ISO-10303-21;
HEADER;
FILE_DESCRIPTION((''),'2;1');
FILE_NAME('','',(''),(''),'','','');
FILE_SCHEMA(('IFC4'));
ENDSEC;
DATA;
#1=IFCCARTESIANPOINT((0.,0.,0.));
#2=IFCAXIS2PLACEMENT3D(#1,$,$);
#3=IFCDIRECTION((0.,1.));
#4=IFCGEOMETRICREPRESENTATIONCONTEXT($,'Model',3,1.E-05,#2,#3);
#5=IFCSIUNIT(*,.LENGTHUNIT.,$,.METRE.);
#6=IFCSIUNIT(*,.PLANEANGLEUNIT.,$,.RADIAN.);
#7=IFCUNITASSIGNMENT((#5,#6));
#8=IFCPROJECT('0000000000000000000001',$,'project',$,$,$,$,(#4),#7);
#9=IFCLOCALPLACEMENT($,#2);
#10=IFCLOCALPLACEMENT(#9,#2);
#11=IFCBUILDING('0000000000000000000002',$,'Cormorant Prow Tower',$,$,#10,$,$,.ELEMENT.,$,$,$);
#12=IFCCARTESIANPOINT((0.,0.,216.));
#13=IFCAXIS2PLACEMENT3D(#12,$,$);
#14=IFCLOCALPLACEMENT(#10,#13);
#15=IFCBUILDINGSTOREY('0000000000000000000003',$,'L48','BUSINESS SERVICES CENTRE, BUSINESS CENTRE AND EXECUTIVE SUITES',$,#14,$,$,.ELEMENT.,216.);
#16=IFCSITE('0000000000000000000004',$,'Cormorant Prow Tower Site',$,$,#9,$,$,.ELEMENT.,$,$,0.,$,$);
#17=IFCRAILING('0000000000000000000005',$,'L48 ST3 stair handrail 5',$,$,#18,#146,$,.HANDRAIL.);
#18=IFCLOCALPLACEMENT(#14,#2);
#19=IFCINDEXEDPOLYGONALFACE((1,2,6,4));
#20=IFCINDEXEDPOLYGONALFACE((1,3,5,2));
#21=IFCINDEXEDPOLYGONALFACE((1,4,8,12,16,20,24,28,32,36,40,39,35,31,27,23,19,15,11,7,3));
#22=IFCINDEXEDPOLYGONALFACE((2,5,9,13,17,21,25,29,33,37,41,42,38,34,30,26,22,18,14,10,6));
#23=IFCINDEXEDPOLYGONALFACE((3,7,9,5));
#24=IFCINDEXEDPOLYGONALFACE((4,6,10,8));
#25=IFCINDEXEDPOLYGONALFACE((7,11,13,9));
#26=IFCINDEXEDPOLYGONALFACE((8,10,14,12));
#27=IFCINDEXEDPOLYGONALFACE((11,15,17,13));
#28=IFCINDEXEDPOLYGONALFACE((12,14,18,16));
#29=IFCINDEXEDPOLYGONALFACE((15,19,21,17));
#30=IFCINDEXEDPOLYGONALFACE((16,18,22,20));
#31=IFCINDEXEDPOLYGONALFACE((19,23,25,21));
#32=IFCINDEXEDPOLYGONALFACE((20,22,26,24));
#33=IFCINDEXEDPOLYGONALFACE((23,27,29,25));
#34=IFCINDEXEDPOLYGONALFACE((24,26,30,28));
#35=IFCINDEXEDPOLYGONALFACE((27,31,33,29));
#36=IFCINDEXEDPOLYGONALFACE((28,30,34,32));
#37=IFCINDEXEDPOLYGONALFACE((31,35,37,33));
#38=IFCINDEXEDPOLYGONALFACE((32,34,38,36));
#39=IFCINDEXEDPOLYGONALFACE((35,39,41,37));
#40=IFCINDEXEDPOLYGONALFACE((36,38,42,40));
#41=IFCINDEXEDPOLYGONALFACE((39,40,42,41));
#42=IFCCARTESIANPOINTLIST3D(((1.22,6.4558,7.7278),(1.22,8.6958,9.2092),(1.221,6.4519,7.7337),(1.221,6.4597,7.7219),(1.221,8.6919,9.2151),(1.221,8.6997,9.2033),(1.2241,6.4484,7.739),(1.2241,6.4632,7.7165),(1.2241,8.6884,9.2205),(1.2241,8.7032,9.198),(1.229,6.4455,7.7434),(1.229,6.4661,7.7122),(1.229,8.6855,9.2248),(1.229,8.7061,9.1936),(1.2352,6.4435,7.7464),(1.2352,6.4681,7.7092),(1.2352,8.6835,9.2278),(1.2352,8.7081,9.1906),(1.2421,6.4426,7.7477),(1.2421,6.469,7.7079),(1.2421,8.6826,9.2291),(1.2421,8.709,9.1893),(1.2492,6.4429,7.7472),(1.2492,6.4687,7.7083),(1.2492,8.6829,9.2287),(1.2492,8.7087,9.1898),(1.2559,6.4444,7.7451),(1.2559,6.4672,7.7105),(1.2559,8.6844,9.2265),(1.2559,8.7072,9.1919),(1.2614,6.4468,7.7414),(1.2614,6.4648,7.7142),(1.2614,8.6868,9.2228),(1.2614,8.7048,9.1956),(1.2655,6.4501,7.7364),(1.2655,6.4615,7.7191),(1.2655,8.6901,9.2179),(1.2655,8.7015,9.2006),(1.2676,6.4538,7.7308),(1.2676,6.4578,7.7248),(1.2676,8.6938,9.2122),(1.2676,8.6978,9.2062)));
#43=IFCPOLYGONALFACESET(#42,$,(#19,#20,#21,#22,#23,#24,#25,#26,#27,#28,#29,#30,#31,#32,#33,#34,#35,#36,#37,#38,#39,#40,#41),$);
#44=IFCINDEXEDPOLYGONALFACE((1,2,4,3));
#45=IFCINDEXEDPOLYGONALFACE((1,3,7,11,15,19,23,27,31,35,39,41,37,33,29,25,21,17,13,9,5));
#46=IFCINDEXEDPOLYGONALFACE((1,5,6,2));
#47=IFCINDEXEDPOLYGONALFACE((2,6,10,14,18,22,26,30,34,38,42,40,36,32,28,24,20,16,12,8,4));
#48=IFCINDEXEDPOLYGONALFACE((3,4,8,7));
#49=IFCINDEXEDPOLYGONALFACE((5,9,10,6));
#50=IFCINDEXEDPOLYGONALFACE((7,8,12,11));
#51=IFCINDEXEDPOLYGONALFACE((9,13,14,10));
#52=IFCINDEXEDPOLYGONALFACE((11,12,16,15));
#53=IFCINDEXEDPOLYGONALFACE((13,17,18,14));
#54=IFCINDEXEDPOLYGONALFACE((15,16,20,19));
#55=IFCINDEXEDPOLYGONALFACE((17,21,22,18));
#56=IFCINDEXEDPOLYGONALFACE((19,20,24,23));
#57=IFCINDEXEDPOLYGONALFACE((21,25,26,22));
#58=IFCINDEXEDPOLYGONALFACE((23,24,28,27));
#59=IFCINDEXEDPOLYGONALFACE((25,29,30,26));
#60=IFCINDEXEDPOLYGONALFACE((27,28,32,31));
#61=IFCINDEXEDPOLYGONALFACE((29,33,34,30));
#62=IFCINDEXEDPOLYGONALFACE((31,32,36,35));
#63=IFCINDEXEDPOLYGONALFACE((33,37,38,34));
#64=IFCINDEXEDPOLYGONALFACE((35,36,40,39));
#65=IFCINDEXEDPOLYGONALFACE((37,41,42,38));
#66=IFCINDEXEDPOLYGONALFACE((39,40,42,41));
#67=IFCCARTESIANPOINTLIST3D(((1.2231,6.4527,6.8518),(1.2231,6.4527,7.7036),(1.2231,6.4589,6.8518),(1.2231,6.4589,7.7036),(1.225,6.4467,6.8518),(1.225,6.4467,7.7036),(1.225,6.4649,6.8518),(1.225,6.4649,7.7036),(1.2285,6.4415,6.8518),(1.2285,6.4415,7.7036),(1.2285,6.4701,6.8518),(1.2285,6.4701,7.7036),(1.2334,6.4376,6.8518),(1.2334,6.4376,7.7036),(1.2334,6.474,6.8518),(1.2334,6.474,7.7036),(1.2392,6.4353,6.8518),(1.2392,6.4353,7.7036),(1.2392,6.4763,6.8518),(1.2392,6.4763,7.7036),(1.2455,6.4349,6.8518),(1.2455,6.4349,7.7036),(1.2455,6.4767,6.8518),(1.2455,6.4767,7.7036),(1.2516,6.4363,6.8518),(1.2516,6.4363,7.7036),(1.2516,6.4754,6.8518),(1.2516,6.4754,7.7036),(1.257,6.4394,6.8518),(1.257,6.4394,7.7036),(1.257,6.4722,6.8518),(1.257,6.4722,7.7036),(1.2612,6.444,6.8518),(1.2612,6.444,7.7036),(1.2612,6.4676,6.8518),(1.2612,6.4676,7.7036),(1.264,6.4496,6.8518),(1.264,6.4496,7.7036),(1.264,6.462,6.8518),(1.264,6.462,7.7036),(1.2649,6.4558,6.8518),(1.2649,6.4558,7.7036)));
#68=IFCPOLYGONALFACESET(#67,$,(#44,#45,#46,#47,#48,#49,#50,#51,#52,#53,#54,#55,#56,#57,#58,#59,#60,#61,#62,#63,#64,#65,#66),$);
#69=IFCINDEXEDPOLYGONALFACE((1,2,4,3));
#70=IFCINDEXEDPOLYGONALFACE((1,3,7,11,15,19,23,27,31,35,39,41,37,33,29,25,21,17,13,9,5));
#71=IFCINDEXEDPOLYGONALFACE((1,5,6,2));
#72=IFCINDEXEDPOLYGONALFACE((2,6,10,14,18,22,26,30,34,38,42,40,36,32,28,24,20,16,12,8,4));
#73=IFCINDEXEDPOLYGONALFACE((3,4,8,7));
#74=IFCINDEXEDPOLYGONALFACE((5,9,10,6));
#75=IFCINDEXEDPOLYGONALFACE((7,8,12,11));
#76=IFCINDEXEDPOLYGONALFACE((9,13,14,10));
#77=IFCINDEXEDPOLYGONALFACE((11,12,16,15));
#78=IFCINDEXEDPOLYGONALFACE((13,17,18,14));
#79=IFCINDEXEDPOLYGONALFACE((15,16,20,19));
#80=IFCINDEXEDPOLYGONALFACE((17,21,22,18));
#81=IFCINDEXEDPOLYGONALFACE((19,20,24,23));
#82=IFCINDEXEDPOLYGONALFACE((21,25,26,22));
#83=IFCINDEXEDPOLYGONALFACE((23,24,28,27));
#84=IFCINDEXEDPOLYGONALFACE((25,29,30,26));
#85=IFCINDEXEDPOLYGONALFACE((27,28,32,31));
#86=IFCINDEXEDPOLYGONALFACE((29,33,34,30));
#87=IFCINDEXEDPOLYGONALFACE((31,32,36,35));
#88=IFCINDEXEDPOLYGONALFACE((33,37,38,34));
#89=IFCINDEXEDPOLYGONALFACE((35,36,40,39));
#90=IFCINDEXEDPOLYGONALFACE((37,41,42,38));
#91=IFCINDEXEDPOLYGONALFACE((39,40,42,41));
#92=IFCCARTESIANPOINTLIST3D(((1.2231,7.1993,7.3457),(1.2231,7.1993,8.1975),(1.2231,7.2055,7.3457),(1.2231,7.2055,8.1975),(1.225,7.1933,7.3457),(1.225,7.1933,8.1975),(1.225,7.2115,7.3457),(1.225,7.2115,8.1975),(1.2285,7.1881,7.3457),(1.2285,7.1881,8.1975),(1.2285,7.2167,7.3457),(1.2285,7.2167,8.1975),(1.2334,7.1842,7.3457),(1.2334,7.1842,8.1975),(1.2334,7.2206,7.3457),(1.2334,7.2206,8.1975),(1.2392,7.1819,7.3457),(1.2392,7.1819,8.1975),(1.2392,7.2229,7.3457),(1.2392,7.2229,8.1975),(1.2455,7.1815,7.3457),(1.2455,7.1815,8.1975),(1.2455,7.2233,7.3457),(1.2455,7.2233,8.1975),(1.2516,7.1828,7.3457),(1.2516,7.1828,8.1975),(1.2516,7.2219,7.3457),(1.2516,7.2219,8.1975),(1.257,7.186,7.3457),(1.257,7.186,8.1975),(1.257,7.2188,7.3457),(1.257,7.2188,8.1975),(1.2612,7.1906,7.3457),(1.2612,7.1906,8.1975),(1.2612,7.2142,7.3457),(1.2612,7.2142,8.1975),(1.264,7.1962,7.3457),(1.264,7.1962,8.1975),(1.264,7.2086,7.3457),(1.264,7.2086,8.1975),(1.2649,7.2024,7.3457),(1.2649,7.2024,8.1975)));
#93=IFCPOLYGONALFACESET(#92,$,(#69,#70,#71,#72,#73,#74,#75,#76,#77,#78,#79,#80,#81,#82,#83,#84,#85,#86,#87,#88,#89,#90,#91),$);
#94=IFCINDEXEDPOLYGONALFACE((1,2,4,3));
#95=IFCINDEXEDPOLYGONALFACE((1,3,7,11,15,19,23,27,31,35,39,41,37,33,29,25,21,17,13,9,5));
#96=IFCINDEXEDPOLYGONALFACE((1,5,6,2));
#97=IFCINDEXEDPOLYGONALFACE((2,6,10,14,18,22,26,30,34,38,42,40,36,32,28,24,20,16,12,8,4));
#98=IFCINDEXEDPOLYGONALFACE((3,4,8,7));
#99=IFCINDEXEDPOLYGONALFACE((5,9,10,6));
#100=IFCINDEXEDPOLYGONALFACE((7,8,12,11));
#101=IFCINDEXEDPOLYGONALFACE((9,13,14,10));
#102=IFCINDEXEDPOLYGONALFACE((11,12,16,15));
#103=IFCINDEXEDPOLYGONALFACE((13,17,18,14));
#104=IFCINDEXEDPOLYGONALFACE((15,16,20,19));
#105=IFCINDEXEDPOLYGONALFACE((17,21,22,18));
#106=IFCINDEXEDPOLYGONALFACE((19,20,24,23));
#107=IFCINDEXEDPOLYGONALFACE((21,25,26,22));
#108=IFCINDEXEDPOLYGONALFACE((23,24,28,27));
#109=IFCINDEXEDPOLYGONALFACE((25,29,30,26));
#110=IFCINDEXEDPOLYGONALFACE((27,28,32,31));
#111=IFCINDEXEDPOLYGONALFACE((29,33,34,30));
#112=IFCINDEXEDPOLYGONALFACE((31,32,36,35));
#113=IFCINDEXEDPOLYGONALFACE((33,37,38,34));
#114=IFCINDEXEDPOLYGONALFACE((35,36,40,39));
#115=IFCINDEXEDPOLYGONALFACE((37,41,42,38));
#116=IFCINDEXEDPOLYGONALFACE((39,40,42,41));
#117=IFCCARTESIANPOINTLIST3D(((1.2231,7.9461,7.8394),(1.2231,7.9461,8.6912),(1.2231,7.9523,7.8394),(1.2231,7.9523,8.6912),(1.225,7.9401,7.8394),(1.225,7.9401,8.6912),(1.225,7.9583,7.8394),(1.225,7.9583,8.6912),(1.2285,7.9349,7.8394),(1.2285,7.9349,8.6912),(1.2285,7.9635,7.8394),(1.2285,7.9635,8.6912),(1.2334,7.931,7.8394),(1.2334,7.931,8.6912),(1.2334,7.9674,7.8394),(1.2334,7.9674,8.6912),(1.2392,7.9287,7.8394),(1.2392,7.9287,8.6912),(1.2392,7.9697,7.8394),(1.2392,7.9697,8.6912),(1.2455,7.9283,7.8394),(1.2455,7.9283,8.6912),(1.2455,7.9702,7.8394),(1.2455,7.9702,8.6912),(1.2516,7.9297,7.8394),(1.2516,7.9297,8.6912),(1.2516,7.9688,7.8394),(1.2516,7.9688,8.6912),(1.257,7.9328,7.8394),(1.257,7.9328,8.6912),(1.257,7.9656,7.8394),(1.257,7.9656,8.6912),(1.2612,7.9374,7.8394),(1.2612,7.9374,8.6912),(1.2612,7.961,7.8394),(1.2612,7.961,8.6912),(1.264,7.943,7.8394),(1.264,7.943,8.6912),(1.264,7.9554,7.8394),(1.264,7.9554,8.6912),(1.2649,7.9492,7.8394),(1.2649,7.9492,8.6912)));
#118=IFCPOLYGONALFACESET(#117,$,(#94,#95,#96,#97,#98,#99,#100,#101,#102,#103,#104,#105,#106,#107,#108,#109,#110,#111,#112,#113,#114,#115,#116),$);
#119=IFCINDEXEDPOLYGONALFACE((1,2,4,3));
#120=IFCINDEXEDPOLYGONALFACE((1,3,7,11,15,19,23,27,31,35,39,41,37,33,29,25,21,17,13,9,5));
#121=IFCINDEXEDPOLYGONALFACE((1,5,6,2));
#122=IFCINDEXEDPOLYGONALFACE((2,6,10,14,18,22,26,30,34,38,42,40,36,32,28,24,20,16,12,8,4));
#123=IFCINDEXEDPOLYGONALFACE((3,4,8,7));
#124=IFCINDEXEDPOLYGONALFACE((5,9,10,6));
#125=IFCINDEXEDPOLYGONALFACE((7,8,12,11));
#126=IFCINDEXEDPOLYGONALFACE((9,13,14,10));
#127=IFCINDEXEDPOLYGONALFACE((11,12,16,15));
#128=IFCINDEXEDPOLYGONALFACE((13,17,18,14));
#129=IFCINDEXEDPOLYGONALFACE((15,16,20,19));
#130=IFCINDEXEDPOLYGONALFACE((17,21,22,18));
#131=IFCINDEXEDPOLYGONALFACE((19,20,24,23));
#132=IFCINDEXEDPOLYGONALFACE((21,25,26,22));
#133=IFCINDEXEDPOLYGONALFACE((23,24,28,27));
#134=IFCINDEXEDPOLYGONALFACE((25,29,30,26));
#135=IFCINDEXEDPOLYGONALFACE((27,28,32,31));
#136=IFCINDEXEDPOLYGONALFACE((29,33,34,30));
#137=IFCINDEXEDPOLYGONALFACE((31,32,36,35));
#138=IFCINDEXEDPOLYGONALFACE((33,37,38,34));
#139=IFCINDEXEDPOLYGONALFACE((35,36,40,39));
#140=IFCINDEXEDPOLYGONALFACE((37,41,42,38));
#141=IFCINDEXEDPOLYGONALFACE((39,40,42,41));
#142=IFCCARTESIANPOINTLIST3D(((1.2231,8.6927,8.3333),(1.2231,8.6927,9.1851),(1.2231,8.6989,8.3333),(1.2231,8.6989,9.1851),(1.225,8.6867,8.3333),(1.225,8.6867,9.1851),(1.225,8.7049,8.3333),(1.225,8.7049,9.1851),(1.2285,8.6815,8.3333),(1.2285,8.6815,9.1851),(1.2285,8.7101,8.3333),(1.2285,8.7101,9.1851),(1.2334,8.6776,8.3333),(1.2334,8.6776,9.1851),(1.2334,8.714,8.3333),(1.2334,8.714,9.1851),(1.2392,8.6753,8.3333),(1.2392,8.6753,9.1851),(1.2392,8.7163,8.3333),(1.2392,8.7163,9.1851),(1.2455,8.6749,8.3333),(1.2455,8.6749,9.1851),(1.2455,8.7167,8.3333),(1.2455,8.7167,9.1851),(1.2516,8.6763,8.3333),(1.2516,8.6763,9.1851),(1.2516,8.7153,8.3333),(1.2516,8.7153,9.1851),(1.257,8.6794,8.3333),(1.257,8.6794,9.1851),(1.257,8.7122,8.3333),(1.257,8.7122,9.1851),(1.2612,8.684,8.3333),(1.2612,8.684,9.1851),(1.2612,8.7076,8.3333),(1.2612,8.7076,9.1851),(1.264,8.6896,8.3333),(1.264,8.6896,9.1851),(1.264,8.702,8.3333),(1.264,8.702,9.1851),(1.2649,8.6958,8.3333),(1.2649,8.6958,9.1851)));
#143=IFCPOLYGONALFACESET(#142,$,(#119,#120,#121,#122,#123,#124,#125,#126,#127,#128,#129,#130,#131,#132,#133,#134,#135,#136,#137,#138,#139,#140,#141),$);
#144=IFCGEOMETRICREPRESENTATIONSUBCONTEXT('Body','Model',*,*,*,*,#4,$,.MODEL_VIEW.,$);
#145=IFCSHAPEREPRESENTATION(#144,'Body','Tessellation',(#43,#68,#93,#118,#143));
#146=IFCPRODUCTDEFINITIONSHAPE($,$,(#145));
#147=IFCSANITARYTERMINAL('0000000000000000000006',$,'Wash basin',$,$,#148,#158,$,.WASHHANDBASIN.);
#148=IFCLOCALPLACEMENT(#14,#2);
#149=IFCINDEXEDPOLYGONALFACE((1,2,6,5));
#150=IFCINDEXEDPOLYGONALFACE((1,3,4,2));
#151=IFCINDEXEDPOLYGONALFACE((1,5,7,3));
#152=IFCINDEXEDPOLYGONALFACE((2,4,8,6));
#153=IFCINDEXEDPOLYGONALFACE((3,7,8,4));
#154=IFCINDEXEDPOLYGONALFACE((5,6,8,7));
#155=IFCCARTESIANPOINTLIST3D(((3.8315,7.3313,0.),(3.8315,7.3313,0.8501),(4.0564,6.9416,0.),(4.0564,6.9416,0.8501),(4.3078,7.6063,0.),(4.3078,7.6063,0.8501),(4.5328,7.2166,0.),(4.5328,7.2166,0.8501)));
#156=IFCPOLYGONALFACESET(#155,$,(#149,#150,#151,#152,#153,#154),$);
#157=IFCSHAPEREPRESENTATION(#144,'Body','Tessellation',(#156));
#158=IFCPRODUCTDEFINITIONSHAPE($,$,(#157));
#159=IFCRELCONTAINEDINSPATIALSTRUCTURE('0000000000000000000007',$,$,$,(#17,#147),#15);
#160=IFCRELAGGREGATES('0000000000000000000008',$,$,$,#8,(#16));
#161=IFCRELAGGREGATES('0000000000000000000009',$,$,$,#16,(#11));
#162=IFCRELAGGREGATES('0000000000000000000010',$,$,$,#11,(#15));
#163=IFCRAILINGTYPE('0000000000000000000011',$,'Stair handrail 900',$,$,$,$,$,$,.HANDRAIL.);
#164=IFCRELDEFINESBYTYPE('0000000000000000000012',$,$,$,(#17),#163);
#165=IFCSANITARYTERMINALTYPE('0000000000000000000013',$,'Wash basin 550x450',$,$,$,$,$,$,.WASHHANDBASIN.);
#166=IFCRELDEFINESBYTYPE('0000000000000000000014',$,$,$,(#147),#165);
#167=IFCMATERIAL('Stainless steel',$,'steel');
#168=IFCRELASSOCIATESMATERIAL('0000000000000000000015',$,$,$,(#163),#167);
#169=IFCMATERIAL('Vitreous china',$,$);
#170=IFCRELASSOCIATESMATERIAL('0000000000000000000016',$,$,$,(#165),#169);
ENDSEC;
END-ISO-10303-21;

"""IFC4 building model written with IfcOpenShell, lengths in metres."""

from ifc_helpers import new_model, si_unit, direction, frame, origin, origin_2d, place, context, subcontext, project, spatial, rectangle, circle, extrude, material, type_object, element, save


model = new_model("IFC4")

# Units and contexts
model_context = context("Model", 3, precision=1e-05, world=origin(), true_north=direction((0.0, 1.0)))
body_context = subcontext(model_context, "Body", "Model", "MODEL_VIEW")
ifc_project = project(units=[si_unit("LENGTHUNIT", "METRE"), si_unit("PLANEANGLEUNIT", "RADIAN")], contexts=[model_context])

# Site, building, storey
site_placement = place(None, origin())
site = spatial("IfcSite", under=ifc_project, at=site_placement, Name="Cormorant Prow Tower Site", CompositionType="ELEMENT", RefElevation=0.0)
building_placement = place(site_placement, origin())
building = spatial("IfcBuilding", under=site, at=building_placement, Name="Cormorant Prow Tower", CompositionType="ELEMENT")
storey_placement = place(building_placement, frame((0.0, 0.0, 216.0)))
storey = spatial("IfcBuildingStorey", under=building, at=storey_placement, Name="L48", Description="BUSINESS SERVICES CENTRE, BUSINESS CENTRE AND EXECUTIVE SUITES", CompositionType="ELEMENT", Elevation=216.0)

# Railing
ifc_material_1 = material(Name="Stainless steel", Category="steel")
railing_type = type_object("IfcRailingType", Name="Stair handrail 900", PredefinedType="HANDRAIL", material=ifc_material_1)
for number, where, name in (
    (1, (1.2439, 6.4558, 6.8518), "L48 ST3 stair handrail 5"),
):
    element("IfcRailing", number, at=place(storey_placement, frame(where)), inside=storey, type_object=railing_type, Name=name, PredefinedType="HANDRAIL", context=body_context, shape_type="SweptSolid", body=[
        extrude(circle(Radius=0.0239, at=origin_2d()), frame((0.0, 0.0, 0.876), z_axis=(0.0, 0.834087, 0.551634), x_axis=(-1.0, 0.0, 0.0)), (0.0, 0.0, 1.0), 2.6855),
        extrude(circle(Radius=0.021, at=origin_2d()), origin(), (0.0, 0.0, 1.0), 0.8518),
        extrude(circle(Radius=0.021, at=origin_2d()), frame((0.0, 0.7466, 0.4939)), (0.0, 0.0, 1.0), 0.8518),
        extrude(circle(Radius=0.021, at=origin_2d()), frame((0.0, 1.4934, 0.9875)), (0.0, 0.0, 1.0), 0.8518),
        extrude(circle(Radius=0.021, at=origin_2d()), frame((0.0, 2.24, 1.4814)), (0.0, 0.0, 1.0), 0.8518),
    ])

# Sanitary terminal
ifc_material_2 = material(Name="Vitreous china")
sanitary_terminal_type = type_object("IfcSanitaryTerminalType", Name="Wash basin 550x450", PredefinedType="WASHHANDBASIN", material=ifc_material_2)
sanitary_terminal_placement = place(storey_placement, frame((4.1821, 7.2739, 0.0), z_axis=(0.0, 0.0, 1.0), x_axis=(-0.866043, -0.49997, 0.0)))
element("IfcSanitaryTerminal", 2, at=sanitary_terminal_placement, inside=storey, type_object=sanitary_terminal_type, Name="Wash basin", PredefinedType="WASHHANDBASIN", context=body_context, shape_type="SweptSolid", body=[
    extrude(rectangle(XDim=0.55, YDim=0.45, at=origin_2d()), origin(), (0.0, 0.0, 1.0), 0.8501),
])

save(model, "model.ifc")
